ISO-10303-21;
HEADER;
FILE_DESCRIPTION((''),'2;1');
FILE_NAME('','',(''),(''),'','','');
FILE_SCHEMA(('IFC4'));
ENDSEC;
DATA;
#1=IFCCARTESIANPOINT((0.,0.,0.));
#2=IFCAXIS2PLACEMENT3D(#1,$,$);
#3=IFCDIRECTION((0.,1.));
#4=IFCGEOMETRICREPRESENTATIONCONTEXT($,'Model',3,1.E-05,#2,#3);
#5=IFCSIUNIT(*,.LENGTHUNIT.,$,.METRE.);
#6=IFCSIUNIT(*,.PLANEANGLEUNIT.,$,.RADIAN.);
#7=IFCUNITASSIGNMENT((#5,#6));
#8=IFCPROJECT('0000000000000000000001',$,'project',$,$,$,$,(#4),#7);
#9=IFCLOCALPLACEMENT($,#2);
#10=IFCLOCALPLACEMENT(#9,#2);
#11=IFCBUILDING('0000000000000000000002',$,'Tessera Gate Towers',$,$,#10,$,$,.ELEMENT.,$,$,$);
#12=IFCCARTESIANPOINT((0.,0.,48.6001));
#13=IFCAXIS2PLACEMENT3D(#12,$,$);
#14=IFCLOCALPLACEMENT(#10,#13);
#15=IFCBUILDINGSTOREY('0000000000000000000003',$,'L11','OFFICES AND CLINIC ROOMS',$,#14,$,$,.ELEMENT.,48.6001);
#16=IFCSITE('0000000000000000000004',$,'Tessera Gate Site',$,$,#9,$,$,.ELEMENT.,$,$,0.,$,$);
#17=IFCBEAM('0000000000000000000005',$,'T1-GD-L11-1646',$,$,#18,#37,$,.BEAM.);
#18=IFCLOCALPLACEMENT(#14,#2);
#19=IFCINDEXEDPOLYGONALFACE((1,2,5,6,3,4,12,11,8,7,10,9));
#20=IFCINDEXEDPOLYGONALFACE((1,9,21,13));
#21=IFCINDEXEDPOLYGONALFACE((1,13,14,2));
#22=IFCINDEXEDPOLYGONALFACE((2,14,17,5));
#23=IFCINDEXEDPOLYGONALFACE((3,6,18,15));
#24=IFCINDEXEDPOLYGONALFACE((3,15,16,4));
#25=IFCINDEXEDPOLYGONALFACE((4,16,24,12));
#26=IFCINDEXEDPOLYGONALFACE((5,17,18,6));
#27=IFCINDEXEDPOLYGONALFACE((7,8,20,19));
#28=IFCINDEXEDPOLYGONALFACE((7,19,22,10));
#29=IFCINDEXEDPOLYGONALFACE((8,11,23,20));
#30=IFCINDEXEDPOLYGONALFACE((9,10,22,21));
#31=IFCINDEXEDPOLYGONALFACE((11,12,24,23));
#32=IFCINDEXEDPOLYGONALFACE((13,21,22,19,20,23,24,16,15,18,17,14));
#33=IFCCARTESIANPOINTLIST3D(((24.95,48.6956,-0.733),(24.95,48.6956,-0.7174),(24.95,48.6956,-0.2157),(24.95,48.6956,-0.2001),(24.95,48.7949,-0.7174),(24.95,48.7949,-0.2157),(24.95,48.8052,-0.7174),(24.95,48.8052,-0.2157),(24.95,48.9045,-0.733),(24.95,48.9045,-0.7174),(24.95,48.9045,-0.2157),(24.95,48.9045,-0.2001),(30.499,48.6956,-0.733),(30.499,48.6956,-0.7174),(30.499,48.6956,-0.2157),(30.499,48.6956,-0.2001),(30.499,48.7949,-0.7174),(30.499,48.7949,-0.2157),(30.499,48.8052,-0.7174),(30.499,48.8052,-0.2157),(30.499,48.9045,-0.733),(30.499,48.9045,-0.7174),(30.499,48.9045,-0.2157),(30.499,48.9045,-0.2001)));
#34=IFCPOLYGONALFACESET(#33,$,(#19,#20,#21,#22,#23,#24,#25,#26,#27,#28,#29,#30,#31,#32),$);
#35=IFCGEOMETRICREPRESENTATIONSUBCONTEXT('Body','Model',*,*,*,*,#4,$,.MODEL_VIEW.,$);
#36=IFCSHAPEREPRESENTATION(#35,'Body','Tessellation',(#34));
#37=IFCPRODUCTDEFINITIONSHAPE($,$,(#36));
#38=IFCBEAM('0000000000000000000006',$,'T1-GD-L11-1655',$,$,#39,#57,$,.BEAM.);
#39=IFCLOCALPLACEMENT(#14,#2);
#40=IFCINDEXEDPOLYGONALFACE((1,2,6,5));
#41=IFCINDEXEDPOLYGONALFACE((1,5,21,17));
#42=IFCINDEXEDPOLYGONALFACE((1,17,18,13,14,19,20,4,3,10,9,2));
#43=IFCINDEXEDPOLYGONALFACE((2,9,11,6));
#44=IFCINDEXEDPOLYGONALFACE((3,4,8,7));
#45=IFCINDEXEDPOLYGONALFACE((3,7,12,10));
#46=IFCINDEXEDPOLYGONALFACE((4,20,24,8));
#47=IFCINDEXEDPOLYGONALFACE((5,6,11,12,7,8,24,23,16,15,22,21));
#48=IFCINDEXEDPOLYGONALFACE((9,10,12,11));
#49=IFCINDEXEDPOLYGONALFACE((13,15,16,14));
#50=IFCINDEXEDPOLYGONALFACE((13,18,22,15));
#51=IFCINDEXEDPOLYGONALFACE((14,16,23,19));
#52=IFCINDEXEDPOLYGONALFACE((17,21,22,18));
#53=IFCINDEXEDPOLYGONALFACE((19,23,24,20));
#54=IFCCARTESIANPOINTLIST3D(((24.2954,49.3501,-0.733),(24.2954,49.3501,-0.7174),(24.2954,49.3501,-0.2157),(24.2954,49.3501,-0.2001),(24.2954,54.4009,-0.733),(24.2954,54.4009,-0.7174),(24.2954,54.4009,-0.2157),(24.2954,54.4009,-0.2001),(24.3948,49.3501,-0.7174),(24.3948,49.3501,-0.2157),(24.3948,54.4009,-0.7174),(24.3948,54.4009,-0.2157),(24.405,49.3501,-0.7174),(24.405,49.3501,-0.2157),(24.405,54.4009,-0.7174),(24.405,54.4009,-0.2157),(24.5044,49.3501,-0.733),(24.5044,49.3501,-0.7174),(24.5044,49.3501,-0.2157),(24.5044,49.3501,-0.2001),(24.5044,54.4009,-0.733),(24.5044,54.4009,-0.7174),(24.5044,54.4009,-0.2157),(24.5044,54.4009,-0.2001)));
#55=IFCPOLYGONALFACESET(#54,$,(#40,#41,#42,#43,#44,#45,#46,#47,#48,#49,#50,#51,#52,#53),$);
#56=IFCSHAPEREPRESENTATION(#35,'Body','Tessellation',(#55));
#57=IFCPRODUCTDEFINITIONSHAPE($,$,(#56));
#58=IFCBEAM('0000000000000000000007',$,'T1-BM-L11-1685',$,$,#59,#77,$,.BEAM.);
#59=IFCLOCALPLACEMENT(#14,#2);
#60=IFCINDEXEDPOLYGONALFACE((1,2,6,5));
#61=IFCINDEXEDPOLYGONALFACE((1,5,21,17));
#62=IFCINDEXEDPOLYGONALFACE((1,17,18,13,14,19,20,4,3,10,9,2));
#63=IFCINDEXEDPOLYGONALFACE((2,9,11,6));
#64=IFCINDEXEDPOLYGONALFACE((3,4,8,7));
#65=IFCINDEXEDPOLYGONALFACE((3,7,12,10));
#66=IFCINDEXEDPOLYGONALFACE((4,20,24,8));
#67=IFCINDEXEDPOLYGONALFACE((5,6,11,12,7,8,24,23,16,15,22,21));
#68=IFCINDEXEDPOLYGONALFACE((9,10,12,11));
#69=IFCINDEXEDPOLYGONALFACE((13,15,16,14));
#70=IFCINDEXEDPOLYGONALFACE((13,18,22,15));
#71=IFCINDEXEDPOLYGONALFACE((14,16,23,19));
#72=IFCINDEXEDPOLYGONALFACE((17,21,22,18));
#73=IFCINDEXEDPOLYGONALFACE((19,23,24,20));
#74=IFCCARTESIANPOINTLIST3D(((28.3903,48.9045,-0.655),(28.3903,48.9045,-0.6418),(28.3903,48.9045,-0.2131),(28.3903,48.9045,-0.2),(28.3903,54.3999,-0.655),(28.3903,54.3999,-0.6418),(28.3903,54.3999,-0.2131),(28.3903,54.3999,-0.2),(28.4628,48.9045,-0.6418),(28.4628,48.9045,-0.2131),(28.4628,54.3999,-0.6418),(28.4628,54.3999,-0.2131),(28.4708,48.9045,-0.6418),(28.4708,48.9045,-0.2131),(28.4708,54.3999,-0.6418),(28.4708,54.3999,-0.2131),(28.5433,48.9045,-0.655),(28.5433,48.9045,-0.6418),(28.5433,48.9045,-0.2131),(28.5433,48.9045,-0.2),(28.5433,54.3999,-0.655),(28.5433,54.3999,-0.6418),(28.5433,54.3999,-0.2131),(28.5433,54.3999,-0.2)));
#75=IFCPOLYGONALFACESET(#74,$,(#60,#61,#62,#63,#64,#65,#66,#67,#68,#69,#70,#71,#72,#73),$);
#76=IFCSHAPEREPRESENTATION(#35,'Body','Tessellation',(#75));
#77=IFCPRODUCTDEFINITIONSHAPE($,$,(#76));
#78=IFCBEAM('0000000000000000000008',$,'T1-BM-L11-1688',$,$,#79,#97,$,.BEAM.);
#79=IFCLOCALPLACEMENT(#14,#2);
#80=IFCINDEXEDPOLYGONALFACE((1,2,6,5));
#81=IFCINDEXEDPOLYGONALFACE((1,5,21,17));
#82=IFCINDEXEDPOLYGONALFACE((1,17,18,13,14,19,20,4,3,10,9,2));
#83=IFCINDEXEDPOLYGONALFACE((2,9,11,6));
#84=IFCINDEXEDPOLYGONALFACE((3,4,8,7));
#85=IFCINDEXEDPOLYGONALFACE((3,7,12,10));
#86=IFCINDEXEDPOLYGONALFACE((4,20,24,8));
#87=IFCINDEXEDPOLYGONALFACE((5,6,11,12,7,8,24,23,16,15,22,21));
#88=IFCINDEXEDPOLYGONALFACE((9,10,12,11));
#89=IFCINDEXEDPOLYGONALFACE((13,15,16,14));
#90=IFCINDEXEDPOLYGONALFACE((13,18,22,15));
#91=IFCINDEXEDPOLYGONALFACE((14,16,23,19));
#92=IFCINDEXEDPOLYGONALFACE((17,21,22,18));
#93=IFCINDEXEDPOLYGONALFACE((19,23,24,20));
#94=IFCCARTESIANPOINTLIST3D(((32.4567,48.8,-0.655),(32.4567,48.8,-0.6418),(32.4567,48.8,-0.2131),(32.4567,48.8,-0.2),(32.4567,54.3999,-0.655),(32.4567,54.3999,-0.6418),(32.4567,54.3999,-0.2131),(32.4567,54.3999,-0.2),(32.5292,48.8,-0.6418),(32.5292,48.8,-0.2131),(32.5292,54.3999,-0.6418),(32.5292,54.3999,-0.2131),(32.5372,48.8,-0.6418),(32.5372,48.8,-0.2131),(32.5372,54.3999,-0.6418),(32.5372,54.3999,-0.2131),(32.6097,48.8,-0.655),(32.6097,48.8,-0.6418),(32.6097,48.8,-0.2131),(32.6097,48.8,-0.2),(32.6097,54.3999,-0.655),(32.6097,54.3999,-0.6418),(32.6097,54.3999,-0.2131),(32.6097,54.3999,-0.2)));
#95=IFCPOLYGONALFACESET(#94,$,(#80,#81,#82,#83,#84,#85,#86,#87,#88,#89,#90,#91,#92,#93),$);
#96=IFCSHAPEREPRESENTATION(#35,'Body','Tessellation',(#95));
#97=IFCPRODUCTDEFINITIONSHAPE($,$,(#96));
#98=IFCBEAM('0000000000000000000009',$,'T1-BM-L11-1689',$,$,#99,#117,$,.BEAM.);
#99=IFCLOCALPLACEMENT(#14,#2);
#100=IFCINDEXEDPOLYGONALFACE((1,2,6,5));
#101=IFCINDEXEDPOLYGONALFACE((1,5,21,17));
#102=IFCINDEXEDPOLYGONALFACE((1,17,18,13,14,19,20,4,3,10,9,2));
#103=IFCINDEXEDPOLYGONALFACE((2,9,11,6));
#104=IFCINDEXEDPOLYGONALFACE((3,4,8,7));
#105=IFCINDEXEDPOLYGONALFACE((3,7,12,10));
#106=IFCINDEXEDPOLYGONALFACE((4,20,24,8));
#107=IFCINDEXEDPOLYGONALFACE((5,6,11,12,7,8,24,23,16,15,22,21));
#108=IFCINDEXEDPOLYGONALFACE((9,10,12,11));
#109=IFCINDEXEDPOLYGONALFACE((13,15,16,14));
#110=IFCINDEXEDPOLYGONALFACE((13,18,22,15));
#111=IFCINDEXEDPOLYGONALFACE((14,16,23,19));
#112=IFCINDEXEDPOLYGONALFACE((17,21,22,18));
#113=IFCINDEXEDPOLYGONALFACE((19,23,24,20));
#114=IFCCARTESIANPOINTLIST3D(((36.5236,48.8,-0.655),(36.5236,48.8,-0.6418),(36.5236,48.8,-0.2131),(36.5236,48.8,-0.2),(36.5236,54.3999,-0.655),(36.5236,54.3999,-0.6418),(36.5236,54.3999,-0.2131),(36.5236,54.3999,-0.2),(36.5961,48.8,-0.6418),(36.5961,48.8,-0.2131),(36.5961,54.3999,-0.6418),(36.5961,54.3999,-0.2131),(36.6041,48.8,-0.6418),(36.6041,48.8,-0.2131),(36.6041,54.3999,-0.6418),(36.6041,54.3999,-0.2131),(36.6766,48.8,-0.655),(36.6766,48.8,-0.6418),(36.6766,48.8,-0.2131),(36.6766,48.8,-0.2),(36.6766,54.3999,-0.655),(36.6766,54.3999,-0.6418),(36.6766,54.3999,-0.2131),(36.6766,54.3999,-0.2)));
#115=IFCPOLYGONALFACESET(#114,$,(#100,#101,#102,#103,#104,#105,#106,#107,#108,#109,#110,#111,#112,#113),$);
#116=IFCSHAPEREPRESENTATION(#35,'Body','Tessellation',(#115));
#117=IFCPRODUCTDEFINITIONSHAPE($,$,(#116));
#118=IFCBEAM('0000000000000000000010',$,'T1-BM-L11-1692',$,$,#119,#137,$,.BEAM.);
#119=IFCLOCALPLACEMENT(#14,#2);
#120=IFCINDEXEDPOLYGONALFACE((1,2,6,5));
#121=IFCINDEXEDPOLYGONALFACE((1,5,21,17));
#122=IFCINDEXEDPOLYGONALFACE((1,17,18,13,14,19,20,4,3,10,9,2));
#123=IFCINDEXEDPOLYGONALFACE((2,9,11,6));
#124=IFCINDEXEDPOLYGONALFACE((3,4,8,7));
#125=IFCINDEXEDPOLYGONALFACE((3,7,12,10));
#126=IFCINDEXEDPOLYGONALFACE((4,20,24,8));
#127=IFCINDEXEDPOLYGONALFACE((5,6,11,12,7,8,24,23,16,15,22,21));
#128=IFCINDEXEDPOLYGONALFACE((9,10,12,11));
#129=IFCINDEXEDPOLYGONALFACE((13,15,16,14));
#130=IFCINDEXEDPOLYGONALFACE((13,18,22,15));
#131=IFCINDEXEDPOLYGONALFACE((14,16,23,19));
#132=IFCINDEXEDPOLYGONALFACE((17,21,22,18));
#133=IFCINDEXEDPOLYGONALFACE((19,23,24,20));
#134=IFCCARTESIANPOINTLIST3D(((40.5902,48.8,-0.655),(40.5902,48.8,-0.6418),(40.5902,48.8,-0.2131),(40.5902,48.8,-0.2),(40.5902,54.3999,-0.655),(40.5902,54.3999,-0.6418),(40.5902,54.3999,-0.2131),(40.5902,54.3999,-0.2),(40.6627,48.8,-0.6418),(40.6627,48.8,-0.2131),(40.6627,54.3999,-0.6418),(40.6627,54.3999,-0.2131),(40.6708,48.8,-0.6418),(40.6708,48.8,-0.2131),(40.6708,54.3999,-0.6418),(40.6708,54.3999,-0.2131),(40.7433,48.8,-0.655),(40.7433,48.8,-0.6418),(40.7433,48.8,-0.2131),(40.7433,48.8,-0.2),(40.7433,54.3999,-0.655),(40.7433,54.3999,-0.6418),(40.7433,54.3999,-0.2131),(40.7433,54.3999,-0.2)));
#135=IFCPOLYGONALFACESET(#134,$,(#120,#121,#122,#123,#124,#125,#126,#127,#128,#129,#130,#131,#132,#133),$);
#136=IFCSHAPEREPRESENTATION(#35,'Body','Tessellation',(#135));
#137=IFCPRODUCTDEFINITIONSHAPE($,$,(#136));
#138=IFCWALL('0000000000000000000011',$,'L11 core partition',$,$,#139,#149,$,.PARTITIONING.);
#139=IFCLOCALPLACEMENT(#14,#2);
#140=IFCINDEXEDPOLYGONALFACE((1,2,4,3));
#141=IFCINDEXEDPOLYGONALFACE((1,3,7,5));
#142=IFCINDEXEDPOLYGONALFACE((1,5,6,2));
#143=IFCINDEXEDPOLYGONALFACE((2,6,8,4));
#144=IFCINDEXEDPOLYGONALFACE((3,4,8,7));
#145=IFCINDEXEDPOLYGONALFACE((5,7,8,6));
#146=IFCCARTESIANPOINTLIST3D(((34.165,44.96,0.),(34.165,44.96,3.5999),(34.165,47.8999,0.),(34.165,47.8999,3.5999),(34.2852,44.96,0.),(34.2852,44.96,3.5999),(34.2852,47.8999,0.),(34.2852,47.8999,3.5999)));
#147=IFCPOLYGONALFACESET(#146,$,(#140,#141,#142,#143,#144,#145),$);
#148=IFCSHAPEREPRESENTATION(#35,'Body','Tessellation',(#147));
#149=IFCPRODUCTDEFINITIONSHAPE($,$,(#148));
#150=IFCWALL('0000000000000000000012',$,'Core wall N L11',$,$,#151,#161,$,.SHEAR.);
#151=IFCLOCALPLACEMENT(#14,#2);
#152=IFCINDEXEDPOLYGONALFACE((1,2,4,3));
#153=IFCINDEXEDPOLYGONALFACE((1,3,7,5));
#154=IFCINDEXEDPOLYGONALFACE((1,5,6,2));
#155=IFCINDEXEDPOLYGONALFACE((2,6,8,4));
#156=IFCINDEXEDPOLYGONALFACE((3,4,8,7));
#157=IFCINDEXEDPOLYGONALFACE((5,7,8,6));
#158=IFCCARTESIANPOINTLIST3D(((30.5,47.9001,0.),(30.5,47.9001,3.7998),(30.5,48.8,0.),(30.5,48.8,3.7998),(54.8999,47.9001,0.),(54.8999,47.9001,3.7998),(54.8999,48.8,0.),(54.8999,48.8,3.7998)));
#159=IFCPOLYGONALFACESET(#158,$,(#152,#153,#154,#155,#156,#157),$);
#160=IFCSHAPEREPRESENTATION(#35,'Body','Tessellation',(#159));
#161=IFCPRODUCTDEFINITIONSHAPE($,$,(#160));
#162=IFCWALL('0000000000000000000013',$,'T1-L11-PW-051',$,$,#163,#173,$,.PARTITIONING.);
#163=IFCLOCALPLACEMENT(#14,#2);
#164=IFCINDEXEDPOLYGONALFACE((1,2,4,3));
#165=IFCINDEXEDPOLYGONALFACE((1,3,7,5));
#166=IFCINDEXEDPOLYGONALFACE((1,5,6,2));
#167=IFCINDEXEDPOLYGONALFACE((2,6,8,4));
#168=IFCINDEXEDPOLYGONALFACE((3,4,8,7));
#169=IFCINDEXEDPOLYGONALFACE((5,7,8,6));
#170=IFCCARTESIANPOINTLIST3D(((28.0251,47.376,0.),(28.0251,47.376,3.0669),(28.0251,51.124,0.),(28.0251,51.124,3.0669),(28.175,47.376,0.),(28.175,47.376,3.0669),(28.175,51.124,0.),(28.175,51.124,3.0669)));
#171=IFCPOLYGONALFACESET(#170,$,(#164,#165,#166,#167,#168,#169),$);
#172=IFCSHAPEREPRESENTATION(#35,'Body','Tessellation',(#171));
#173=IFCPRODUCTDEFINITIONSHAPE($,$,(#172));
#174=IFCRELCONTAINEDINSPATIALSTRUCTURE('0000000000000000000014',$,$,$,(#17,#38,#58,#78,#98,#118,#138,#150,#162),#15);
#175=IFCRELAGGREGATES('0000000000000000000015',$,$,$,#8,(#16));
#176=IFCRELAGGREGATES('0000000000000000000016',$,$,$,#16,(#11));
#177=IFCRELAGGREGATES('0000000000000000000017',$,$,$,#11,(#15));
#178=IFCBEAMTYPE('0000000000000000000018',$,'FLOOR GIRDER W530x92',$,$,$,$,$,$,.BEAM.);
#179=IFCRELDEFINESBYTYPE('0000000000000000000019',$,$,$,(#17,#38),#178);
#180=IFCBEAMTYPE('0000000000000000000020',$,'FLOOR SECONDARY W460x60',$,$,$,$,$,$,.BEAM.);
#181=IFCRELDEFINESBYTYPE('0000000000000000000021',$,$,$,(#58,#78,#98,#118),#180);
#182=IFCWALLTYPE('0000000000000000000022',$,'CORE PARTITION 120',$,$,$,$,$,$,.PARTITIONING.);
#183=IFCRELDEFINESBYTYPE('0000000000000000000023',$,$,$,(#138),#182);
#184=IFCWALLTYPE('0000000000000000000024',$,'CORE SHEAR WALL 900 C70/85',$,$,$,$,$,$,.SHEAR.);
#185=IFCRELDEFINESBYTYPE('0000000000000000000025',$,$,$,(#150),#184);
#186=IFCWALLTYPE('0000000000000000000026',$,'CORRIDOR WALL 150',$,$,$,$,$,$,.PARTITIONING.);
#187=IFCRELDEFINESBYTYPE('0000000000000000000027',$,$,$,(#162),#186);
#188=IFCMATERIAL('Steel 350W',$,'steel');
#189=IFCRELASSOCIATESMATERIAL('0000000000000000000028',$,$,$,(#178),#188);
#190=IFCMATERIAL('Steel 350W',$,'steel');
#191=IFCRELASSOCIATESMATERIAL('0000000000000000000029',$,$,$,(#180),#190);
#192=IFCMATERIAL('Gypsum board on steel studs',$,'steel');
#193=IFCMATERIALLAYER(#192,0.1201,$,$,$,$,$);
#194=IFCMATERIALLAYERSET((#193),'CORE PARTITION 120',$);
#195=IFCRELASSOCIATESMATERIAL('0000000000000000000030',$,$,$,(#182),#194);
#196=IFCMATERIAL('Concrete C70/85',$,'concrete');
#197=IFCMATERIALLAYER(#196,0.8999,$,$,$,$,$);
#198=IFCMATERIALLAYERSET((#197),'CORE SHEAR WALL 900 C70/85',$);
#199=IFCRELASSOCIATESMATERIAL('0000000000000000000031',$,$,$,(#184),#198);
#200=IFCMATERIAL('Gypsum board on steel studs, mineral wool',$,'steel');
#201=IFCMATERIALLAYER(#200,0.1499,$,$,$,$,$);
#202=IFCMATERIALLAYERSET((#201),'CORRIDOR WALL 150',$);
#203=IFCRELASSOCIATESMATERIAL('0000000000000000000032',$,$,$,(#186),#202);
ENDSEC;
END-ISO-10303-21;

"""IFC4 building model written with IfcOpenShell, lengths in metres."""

from ifc_helpers import new_model, si_unit, direction, frame, frame_2d, origin, origin_2d, place, context, subcontext, project, spatial, rectangle, i_section, extrude, material, layer, layer_set, material_profile, profile_set, type_object, element, save


model = new_model("IFC4")

# Units and contexts
model_context = context("Model", 3, precision=1e-05, world=origin(), true_north=direction((0.0, 1.0)))
body_context = subcontext(model_context, "Body", "Model", "MODEL_VIEW")
ifc_project = project(units=[si_unit("LENGTHUNIT", "METRE"), si_unit("PLANEANGLEUNIT", "RADIAN")], contexts=[model_context])

# Site, building, storey
site_placement = place(None, origin())
site = spatial("IfcSite", under=ifc_project, at=site_placement, Name="Tessera Gate Site", CompositionType="ELEMENT", RefElevation=0.0)
building_placement = place(site_placement, origin())
building = spatial("IfcBuilding", under=site, at=building_placement, Name="Tessera Gate Towers", CompositionType="ELEMENT")
storey_placement = place(building_placement, frame((0.0, 0.0, 48.6001)))
storey = spatial("IfcBuildingStorey", under=building, at=storey_placement, Name="L11", Description="OFFICES AND CLINIC ROOMS", CompositionType="ELEMENT", Elevation=48.6001)

# Beams
ifc_material_1 = material(Name="Steel 350W", Category="steel")
ifc_material_profile_1 = material_profile(ifc_material_1, i_section(OverallWidth=0.209, OverallDepth=0.533, WebThickness=0.0103, FlangeThickness=0.0156, at=origin_2d()), Name="W530x92")
ifc_profile_set_1 = profile_set([ifc_material_profile_1], Name="Steel 350W")
beam_type_1 = type_object("IfcBeamType", Name="FLOOR GIRDER W530x92", PredefinedType="BEAM", material=ifc_profile_set_1)
beam_1_placement = place(storey_placement, frame((24.95, 48.8, -0.4666), z_axis=(1.0, 0.0, 0.0), x_axis=(0.0, 1.0, 0.0)))
element("IfcBeam", 1, at=beam_1_placement, inside=storey, type_object=beam_type_1, Name="T1-GD-L11-1646", PredefinedType="BEAM", context=body_context, shape_type="SweptSolid", body=[
    extrude(i_section(OverallWidth=0.209, OverallDepth=0.533, WebThickness=0.0103, FlangeThickness=0.0156, at=origin_2d()), origin(), (0.0, 0.0, 1.0), 5.5491),
])
beam_2_placement = place(storey_placement, frame((24.3999, 49.3501, -0.4666), z_axis=(0.0, 1.0, 0.0), x_axis=(-1.0, 0.0, 0.0)))
element("IfcBeam", 2, at=beam_2_placement, inside=storey, type_object=beam_type_1, Name="T1-GD-L11-1655", PredefinedType="BEAM", context=body_context, shape_type="SweptSolid", body=[
    extrude(i_section(OverallWidth=0.209, OverallDepth=0.533, WebThickness=0.0103, FlangeThickness=0.0156, at=origin_2d()), origin(), (0.0, 0.0, 1.0), 5.0508),
])
ifc_material_2 = material(Name="Steel 350W", Category="steel")
ifc_material_profile_2 = material_profile(ifc_material_2, i_section(OverallWidth=0.1531, OverallDepth=0.4551, WebThickness=0.0081, FlangeThickness=0.0132, at=origin_2d()), Name="W460x60")
ifc_profile_set_2 = profile_set([ifc_material_profile_2], Name="Steel 350W")
beam_type_2 = type_object("IfcBeamType", Name="FLOOR SECONDARY W460x60", PredefinedType="BEAM", material=ifc_profile_set_2)
beam_3_placement = place(storey_placement, frame((28.4668, 48.9045, -0.4275), z_axis=(0.0, 1.0, 0.0), x_axis=(-1.0, 0.0, 0.0)))
element("IfcBeam", 3, at=beam_3_placement, inside=storey, type_object=beam_type_2, Name="T1-BM-L11-1685", PredefinedType="BEAM", context=body_context, shape_type="SweptSolid", body=[
    extrude(i_section(OverallWidth=0.1531, OverallDepth=0.4551, WebThickness=0.0081, FlangeThickness=0.0132, at=origin_2d()), origin(), (0.0, 0.0, 1.0), 5.4954),
])
for number, where, z_axis, x_axis, name in (
    (4, (32.5332, 48.8, -0.4275), (0.0, 1.0, 0.0), (-1.0, 0.0, 0.0), "T1-BM-L11-1688"),
    (5, (36.6001, 48.8, -0.4275), (0.0, 1.0, 0.0), (-1.0, 0.0, 0.0), "T1-BM-L11-1689"),
    (6, (40.6667, 48.8, -0.4275), (0.0, 1.0, 0.0), (-1.0, 0.0, 0.0), "T1-BM-L11-1692"),
):
    element("IfcBeam", number, at=place(storey_placement, frame(where, z_axis=z_axis, x_axis=x_axis)), inside=storey, type_object=beam_type_2, Name=name, PredefinedType="BEAM", context=body_context, shape_type="SweptSolid", body=[
        extrude(i_section(OverallWidth=0.1531, OverallDepth=0.4551, WebThickness=0.0081, FlangeThickness=0.0132, at=origin_2d()), origin(), (0.0, 0.0, 1.0), 5.5999),
    ])

# Walls
ifc_material_3 = material(Name="Gypsum board on steel studs", Category="steel")
ifc_layer_1 = layer(ifc_material_3, 0.1201)
ifc_layer_set_1 = layer_set([ifc_layer_1], Name="CORE PARTITION 120")
wall_type_1 = type_object("IfcWallType", Name="CORE PARTITION 120", PredefinedType="PARTITIONING", material=ifc_layer_set_1)
wall_1_placement = place(storey_placement, frame((34.2251, 44.96, 0.0), z_axis=(0.0, 0.0, 1.0), x_axis=(0.0, 1.0, 0.0)))
element("IfcWall", 7, at=wall_1_placement, inside=storey, type_object=wall_type_1, Name="L11 core partition", PredefinedType="PARTITIONING", context=body_context, shape_type="SweptSolid", body=[
    extrude(rectangle(XDim=2.9399, YDim=0.1201, at=frame_2d((1.47, 0.0))), origin(), (0.0, 0.0, 1.0), 3.5999),
])
ifc_material_4 = material(Name="Concrete C70/85", Category="concrete")
ifc_layer_2 = layer(ifc_material_4, 0.8999)
ifc_layer_set_2 = layer_set([ifc_layer_2], Name="CORE SHEAR WALL 900 C70/85")
wall_type_2 = type_object("IfcWallType", Name="CORE SHEAR WALL 900 C70/85", PredefinedType="SHEAR", material=ifc_layer_set_2)
wall_2_placement = place(storey_placement, frame((30.5, 48.3501, 0.0), z_axis=(0.0, 0.0, 1.0), x_axis=(1.0, 0.0, 0.0)))
element("IfcWall", 8, at=wall_2_placement, inside=storey, type_object=wall_type_2, Name="Core wall N L11", PredefinedType="SHEAR", context=body_context, shape_type="SweptSolid", body=[
    extrude(rectangle(XDim=24.3999, YDim=0.8999, at=frame_2d((12.2, 0.0))), origin(), (0.0, 0.0, 1.0), 3.7998),
])
ifc_material_5 = material(Name="Gypsum board on steel studs, mineral wool", Category="steel")
ifc_layer_3 = layer(ifc_material_5, 0.1499)
ifc_layer_set_3 = layer_set([ifc_layer_3], Name="CORRIDOR WALL 150")
wall_type_3 = type_object("IfcWallType", Name="CORRIDOR WALL 150", PredefinedType="PARTITIONING", material=ifc_layer_set_3)
wall_3_placement = place(storey_placement, frame((28.1001, 47.376, 0.0), z_axis=(0.0, 0.0, 1.0), x_axis=(0.0, 1.0, 0.0)))
element("IfcWall", 9, at=wall_3_placement, inside=storey, type_object=wall_type_3, Name="T1-L11-PW-051", PredefinedType="PARTITIONING", context=body_context, shape_type="SweptSolid", body=[
    extrude(rectangle(XDim=3.748, YDim=0.1499, at=frame_2d((1.874, 0.0))), origin(), (0.0, 0.0, 1.0), 3.0669),
])

save(model, "model.ifc")
